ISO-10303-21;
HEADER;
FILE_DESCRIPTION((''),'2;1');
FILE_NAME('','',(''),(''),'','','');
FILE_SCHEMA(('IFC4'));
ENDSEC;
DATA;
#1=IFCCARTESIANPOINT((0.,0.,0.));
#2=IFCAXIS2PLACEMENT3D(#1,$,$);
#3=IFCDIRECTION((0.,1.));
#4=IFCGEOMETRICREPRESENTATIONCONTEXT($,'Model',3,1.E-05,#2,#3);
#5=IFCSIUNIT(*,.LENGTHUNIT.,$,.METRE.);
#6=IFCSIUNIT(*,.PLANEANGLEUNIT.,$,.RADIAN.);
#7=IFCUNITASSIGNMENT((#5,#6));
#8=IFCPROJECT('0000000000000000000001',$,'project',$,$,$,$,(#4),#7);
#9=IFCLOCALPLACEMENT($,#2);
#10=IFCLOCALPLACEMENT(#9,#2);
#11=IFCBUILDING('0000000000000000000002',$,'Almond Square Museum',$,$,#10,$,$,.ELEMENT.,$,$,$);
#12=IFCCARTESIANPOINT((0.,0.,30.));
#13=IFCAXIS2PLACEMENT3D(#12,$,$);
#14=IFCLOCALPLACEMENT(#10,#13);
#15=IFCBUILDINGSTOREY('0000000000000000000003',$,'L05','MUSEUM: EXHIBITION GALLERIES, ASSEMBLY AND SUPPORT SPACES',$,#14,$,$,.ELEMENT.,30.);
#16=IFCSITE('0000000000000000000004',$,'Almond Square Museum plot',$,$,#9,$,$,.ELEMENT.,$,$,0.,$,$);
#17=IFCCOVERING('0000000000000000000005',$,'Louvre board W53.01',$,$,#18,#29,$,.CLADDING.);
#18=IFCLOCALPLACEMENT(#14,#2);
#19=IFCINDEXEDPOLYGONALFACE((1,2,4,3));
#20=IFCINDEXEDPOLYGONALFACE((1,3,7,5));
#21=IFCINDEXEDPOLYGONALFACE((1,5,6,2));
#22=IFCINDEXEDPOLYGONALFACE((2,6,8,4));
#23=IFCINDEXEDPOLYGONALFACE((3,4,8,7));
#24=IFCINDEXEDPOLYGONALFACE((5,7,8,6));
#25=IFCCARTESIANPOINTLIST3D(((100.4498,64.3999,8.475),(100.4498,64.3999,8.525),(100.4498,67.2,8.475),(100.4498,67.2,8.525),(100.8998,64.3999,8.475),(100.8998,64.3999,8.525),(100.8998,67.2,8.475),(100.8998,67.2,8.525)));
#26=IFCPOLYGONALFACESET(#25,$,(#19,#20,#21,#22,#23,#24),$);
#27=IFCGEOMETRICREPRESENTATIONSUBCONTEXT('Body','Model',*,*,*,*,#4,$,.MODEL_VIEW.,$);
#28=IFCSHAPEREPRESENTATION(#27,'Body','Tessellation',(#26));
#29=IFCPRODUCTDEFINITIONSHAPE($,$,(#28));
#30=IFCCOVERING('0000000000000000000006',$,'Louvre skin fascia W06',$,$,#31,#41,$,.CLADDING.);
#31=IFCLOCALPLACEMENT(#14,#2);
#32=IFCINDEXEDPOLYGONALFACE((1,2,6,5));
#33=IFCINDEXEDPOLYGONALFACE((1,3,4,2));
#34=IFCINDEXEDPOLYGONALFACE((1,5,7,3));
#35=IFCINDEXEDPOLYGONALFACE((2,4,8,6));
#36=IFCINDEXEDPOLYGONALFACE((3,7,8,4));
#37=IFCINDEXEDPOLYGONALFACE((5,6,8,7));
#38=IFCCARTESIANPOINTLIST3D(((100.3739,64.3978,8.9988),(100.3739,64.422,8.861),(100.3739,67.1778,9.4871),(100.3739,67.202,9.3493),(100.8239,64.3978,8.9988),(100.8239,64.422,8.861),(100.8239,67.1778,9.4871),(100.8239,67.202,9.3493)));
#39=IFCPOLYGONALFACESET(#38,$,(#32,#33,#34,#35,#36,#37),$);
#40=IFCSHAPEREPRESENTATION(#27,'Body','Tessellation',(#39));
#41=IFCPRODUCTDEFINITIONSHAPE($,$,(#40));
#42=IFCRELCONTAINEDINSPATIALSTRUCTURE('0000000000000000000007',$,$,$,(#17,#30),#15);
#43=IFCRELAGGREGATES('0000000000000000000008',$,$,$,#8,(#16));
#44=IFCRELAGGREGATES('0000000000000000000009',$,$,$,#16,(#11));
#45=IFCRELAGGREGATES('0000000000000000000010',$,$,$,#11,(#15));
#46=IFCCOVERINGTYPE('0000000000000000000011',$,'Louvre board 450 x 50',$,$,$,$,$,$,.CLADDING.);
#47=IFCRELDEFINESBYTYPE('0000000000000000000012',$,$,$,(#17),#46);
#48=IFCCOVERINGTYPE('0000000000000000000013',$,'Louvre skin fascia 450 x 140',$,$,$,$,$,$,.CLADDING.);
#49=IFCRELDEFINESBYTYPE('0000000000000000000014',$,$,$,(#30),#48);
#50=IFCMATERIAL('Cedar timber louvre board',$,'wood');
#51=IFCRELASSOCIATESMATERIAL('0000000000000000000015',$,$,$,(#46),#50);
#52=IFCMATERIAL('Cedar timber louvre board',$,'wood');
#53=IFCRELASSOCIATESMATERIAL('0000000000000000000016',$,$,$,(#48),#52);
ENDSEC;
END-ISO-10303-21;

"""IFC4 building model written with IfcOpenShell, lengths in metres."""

from ifc_helpers import new_model, si_unit, direction, frame, origin, origin_2d, place, context, subcontext, project, spatial, rectangle, extrude, material, material_profile, profile_set, type_object, element, save


model = new_model("IFC4")

# Units and contexts
model_context = context("Model", 3, precision=1e-05, world=origin(), true_north=direction((0.0, 1.0)))
body_context = subcontext(model_context, "Body", "Model", "MODEL_VIEW")
ifc_project = project(units=[si_unit("LENGTHUNIT", "METRE"), si_unit("PLANEANGLEUNIT", "RADIAN")], contexts=[model_context])

# Site, building, storey
site_placement = place(None, origin())
site = spatial("IfcSite", under=ifc_project, at=site_placement, Name="Almond Square Museum plot", CompositionType="ELEMENT", RefElevation=0.0)
building_placement = place(site_placement, origin())
building = spatial("IfcBuilding", under=site, at=building_placement, Name="Almond Square Museum", CompositionType="ELEMENT")
storey_placement = place(building_placement, frame((0.0, 0.0, 30.0)))
storey = spatial("IfcBuildingStorey", under=building, at=storey_placement, Name="L05", Description="MUSEUM: EXHIBITION GALLERIES, ASSEMBLY AND SUPPORT SPACES", CompositionType="ELEMENT", Elevation=30.0)

# Coverings
ifc_material_1 = material(Name="Cedar timber louvre board", Category="wood")
ifc_material_profile_1 = material_profile(ifc_material_1, rectangle(XDim=0.45, YDim=0.05, at=origin_2d()))
ifc_profile_set_1 = profile_set([ifc_material_profile_1], Name="Cedar timber louvre board")
covering_type_1 = type_object("IfcCoveringType", Name="Louvre board 450 x 50", PredefinedType="CLADDING", material=ifc_profile_set_1)
covering_1_placement = place(storey_placement, frame((100.6748, 64.3999, 8.5), z_axis=(0.0, 1.0, 0.0), x_axis=(-1.0, 0.0, 0.0)))
element("IfcCovering", 1, at=covering_1_placement, inside=storey, type_object=covering_type_1, Name="Louvre board W53.01", PredefinedType="CLADDING", context=body_context, shape_type="SweptSolid", body=[
    extrude(rectangle(XDim=0.45, YDim=0.05, at=origin_2d()), origin(), (0.0, 0.0, 1.0), 2.8),
])
ifc_material_2 = material(Name="Cedar timber louvre board", Category="wood")
ifc_material_profile_2 = material_profile(ifc_material_2, rectangle(XDim=0.45, YDim=0.1399, at=origin_2d()))
ifc_profile_set_2 = profile_set([ifc_material_profile_2], Name="Cedar timber louvre board")
covering_type_2 = type_object("IfcCoveringType", Name="Louvre skin fascia 450 x 140", PredefinedType="CLADDING", material=ifc_profile_set_2)
covering_2_placement = place(storey_placement, frame((100.5989, 64.4099, 8.9299), z_axis=(0.0, 0.984923, 0.172991), x_axis=(-1.0, 0.0, 0.0)))
element("IfcCovering", 2, at=covering_2_placement, inside=storey, type_object=covering_type_2, Name="Louvre skin fascia W06", PredefinedType="CLADDING", context=body_context, shape_type="SweptSolid", body=[
    extrude(rectangle(XDim=0.45, YDim=0.1399, at=origin_2d()), origin(), (0.0, 0.0, 1.0), 2.8225),
])

save(model, "model.ifc")
